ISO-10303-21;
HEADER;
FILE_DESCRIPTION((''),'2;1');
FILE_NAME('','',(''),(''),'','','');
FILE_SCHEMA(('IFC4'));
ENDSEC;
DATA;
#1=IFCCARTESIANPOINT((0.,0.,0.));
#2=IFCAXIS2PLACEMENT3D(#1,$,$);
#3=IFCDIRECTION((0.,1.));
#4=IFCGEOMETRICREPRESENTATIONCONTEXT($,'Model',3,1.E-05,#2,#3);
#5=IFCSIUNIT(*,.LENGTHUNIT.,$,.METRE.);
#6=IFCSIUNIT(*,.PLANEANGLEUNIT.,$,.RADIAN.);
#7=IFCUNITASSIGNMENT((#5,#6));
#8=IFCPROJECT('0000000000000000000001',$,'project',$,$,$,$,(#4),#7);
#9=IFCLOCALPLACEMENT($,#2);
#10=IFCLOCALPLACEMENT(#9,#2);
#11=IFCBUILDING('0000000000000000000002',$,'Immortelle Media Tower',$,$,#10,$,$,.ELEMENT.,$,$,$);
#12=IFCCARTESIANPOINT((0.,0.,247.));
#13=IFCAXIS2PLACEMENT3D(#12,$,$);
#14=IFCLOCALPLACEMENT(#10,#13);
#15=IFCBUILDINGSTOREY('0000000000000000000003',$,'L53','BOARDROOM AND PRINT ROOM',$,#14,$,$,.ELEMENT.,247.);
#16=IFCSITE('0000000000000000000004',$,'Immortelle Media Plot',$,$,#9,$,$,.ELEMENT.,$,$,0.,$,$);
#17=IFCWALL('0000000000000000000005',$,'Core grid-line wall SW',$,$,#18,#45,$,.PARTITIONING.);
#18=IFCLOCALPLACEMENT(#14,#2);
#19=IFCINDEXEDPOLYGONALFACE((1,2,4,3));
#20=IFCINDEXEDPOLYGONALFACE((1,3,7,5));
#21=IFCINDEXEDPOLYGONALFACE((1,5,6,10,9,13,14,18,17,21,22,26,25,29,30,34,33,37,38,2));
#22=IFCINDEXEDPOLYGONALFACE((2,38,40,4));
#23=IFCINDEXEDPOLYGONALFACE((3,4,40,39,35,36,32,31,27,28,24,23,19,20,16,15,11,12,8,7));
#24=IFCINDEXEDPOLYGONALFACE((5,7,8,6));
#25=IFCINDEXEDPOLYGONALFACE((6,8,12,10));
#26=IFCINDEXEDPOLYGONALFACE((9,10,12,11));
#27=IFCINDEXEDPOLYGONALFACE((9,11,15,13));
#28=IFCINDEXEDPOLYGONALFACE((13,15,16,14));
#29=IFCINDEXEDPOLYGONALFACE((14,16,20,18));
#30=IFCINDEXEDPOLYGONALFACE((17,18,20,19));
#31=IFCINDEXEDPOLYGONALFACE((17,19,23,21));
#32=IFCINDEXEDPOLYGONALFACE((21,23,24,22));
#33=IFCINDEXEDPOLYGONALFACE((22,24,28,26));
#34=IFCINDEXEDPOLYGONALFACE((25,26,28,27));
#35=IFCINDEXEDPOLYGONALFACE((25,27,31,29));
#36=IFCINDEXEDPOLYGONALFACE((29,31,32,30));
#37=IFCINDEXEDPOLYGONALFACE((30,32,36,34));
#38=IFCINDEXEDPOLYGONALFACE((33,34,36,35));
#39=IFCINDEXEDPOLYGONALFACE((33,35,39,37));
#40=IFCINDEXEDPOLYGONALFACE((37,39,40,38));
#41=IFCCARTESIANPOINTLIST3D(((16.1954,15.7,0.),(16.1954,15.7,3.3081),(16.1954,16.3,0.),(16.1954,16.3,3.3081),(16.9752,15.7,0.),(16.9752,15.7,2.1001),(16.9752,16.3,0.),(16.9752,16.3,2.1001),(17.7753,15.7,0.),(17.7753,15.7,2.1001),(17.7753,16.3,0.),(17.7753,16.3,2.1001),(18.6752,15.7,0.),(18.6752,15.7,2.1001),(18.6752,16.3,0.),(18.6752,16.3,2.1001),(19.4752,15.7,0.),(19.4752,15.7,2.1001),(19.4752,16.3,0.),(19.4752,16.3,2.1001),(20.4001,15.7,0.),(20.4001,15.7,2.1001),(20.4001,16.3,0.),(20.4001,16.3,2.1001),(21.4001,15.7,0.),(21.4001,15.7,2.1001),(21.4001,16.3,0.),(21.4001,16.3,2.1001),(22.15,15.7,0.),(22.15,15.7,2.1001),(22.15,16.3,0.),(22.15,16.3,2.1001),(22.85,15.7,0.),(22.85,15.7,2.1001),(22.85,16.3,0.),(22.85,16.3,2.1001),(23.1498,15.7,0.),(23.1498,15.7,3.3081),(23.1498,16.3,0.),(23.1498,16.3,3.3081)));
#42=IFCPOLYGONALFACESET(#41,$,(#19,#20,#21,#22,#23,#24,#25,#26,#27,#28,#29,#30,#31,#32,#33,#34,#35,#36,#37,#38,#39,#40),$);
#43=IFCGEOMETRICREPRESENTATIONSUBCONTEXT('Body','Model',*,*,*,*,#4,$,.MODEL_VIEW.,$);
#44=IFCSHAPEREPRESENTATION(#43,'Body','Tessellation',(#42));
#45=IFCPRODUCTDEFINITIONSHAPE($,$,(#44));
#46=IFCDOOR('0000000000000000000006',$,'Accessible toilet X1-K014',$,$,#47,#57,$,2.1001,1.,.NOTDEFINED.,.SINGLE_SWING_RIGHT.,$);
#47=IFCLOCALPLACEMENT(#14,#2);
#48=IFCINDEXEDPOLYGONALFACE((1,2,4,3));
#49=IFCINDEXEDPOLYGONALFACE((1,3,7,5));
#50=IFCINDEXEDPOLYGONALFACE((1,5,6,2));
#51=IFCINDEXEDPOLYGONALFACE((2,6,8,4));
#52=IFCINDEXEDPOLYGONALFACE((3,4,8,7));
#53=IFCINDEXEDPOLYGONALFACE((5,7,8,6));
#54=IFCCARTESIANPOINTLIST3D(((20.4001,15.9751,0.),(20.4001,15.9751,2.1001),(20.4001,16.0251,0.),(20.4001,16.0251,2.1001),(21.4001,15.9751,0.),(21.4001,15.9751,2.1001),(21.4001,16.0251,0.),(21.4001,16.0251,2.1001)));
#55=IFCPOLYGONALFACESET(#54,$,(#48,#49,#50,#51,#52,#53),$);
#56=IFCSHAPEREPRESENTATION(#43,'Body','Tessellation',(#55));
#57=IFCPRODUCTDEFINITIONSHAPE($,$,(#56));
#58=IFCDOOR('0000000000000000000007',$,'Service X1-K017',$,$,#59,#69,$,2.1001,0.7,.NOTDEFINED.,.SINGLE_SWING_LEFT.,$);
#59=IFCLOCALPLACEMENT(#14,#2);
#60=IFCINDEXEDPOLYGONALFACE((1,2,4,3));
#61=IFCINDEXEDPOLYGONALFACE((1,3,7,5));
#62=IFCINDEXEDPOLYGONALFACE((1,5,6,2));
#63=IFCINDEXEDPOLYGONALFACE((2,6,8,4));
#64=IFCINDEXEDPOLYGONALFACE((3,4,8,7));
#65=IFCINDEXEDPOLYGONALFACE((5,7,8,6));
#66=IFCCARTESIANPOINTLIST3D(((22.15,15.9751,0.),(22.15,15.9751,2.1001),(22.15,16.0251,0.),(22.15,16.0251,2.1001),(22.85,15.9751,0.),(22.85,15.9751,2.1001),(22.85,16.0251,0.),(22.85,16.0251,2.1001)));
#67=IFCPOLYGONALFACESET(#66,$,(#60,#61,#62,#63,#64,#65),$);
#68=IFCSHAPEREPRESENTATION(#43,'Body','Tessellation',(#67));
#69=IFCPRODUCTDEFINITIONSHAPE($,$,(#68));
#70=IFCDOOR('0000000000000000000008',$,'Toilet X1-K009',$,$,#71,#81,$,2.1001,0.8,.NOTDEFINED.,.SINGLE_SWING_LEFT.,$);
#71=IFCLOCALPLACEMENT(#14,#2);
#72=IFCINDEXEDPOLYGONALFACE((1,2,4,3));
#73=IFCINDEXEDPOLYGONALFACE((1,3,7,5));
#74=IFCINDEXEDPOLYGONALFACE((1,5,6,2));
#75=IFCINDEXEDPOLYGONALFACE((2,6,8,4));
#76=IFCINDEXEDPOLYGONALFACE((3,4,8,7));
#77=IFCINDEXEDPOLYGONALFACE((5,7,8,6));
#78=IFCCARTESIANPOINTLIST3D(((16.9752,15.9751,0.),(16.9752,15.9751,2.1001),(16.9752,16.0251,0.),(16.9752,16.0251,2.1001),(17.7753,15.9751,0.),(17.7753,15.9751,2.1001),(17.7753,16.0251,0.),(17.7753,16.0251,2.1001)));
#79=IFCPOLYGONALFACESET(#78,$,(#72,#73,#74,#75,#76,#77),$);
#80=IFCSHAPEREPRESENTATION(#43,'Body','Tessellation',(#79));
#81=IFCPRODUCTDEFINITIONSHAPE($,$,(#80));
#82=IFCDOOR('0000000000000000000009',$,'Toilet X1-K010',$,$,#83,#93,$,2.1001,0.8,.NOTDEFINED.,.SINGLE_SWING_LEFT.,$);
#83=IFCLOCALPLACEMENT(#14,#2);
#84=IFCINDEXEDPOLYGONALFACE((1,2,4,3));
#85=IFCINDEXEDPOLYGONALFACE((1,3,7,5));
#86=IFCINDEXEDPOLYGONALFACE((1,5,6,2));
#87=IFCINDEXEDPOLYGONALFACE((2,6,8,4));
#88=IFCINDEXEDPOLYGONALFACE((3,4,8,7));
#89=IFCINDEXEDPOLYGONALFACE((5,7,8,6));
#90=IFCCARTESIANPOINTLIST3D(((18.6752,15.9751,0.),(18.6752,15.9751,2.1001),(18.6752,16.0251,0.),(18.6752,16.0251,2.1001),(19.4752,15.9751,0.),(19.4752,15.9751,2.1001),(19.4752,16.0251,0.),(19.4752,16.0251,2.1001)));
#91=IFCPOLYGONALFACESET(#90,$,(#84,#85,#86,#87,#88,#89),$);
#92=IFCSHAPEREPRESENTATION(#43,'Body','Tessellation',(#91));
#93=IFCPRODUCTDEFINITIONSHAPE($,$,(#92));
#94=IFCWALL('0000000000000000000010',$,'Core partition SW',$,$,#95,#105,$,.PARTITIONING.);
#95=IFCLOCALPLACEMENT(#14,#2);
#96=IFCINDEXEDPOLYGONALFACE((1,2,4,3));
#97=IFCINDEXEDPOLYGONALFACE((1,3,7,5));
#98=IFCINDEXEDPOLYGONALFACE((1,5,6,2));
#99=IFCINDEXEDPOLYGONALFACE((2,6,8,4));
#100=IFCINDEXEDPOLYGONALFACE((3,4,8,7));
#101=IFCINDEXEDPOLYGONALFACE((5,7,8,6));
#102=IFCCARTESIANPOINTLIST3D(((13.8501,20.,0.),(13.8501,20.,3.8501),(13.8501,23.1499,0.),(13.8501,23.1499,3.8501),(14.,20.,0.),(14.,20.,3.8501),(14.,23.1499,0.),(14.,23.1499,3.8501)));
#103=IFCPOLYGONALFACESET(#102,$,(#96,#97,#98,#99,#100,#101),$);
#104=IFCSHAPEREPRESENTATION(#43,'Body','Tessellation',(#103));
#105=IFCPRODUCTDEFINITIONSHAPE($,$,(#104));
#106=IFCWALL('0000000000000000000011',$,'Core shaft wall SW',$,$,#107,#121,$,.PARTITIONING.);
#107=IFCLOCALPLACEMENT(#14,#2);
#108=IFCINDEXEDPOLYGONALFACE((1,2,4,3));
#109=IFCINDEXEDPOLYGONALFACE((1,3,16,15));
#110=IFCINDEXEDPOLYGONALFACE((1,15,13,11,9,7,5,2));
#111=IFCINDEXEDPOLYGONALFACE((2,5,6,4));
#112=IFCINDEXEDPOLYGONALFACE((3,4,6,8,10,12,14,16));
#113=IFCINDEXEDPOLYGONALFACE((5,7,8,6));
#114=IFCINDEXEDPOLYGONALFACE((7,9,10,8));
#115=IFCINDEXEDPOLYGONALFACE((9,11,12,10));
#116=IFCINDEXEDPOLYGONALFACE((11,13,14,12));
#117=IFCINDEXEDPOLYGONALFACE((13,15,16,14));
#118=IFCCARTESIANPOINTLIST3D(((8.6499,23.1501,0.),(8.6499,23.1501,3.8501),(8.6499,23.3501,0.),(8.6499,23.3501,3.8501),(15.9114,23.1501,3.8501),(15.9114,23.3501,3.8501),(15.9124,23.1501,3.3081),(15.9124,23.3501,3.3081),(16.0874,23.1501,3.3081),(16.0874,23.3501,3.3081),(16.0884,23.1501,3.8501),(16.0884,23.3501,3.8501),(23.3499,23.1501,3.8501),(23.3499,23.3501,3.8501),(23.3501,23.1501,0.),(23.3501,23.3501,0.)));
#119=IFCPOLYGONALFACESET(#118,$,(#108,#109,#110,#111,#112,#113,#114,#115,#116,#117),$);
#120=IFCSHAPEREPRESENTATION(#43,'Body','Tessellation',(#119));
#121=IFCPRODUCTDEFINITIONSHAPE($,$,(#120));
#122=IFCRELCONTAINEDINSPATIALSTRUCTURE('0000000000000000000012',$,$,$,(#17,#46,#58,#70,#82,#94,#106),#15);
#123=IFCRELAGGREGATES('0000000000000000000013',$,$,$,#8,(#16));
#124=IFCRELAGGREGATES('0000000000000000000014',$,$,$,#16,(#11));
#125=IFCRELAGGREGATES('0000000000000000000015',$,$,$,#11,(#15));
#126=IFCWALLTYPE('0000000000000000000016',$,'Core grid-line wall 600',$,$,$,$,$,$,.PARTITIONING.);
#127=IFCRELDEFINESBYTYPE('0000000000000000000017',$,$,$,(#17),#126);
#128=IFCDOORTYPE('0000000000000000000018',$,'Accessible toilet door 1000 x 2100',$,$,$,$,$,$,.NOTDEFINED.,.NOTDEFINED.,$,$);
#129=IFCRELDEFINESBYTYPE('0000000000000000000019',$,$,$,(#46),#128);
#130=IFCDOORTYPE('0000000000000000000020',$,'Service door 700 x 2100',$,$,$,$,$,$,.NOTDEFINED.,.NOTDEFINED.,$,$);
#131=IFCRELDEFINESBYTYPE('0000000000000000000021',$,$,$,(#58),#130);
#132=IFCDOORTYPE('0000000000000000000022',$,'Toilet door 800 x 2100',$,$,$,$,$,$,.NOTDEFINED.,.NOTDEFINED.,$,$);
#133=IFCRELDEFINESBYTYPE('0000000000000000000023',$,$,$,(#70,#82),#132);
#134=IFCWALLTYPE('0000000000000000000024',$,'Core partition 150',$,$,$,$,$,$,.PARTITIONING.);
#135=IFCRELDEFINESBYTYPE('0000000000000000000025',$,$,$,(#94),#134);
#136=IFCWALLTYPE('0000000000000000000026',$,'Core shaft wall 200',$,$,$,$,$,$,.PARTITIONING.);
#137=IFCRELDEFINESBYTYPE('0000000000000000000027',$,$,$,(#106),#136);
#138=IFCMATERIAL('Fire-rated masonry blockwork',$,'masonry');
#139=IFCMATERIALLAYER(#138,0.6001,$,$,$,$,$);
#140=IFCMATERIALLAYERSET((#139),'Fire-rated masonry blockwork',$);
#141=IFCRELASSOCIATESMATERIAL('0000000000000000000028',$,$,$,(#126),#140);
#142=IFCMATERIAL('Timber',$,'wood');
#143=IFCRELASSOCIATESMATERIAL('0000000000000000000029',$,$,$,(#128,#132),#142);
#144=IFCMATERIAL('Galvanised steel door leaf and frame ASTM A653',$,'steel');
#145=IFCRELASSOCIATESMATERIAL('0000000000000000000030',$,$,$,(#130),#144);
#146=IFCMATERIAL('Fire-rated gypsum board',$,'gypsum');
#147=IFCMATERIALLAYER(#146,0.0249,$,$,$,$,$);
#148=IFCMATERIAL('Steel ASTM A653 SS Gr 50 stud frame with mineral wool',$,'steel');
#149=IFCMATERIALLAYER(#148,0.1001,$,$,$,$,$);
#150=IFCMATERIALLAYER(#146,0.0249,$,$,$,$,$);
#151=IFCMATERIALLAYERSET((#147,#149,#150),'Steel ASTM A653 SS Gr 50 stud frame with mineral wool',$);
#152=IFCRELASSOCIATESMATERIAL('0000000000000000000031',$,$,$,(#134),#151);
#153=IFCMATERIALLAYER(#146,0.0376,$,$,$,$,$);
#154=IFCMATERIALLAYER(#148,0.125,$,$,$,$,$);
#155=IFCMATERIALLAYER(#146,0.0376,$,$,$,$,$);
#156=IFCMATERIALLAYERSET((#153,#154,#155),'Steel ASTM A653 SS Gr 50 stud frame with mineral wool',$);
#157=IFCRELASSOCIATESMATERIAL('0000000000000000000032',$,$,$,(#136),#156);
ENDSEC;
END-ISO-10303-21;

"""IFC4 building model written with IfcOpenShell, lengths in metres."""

from ifc_helpers import new_model, si_unit, direction, frame, frame_2d, origin, place, context, subcontext, project, spatial, polyline, rectangle, outline, extrude, material, layer, layer_set, type_object, element, fill, save


model = new_model("IFC4")

# Units and contexts
model_context = context("Model", 3, precision=1e-05, world=origin(), true_north=direction((0.0, 1.0)))
body_context = subcontext(model_context, "Body", "Model", "MODEL_VIEW")
ifc_project = project(units=[si_unit("LENGTHUNIT", "METRE"), si_unit("PLANEANGLEUNIT", "RADIAN")], contexts=[model_context])

# Site, building, storey
site_placement = place(None, origin())
site = spatial("IfcSite", under=ifc_project, at=site_placement, Name="Immortelle Media Plot", CompositionType="ELEMENT", RefElevation=0.0)
building_placement = place(site_placement, origin())
building = spatial("IfcBuilding", under=site, at=building_placement, Name="Immortelle Media Tower", CompositionType="ELEMENT")
storey_placement = place(building_placement, frame((0.0, 0.0, 247.0)))
storey = spatial("IfcBuildingStorey", under=building, at=storey_placement, Name="L53", Description="BOARDROOM AND PRINT ROOM", CompositionType="ELEMENT", Elevation=247.0)

# Wall, openings, doors
ifc_material_1 = material(Name="Fire-rated masonry blockwork", Category="masonry")
ifc_layer_1 = layer(ifc_material_1, 0.6001)
ifc_layer_set_1 = layer_set([ifc_layer_1], Name="Fire-rated masonry blockwork")
wall_type_1 = type_object("IfcWallType", Name="Core grid-line wall 600", PredefinedType="PARTITIONING", material=ifc_layer_set_1)
wall_1_placement = place(storey_placement, frame((16.1956, 16.0, 0.0), z_axis=(0.0, 0.0, 1.0), x_axis=(1.0, 0.0, 0.0)))
wall_1 = element("IfcWall", 1, at=wall_1_placement, inside=storey, type_object=wall_type_1, Name="Core grid-line wall SW", PredefinedType="PARTITIONING", context=body_context, shape_type="SweptSolid", body=[
    extrude(rectangle(XDim=6.9543, YDim=0.6001, at=frame_2d((3.4771, 0.0))), origin(), (0.0, 0.0, 1.0), 3.3081),
])
opening_1_placement = place(wall_1_placement, frame((1.5796, 0.0, 0.0), z_axis=(0.0, 0.0, 1.0), x_axis=(-1.0, 0.0, 0.0)))
opening_1 = element("IfcOpeningElement", 2, at=opening_1_placement, cuts=wall_1, PredefinedType="OPENING", context=body_context, shape_type="SweptSolid", body=[
    extrude(rectangle(XDim=0.8, YDim=2.1001, at=frame_2d((0.3999, 1.05))), frame((0.0, 0.3101, 0.0), z_axis=(0.0, -1.0, 0.0), x_axis=(1.0, 0.0, 0.0)), (0.0, 0.0, 1.0), 0.6201),
])
opening_2_placement = place(wall_1_placement, frame((3.2795, 0.0, 0.0), z_axis=(0.0, 0.0, 1.0), x_axis=(-1.0, 0.0, 0.0)))
opening_2 = element("IfcOpeningElement", 3, at=opening_2_placement, cuts=wall_1, PredefinedType="OPENING", context=body_context, shape_type="SweptSolid", body=[
    extrude(rectangle(XDim=0.8, YDim=2.1001, at=frame_2d((0.3999, 1.05))), frame((0.0, 0.3101, 0.0), z_axis=(0.0, -1.0, 0.0), x_axis=(1.0, 0.0, 0.0)), (0.0, 0.0, 1.0), 0.6201),
])
opening_3_placement = place(wall_1_placement, frame((5.2046, 0.0, 0.0), z_axis=(0.0, 0.0, 1.0), x_axis=(-1.0, 0.0, 0.0)))
opening_3 = element("IfcOpeningElement", 4, at=opening_3_placement, cuts=wall_1, PredefinedType="OPENING", context=body_context, shape_type="SweptSolid", body=[
    extrude(rectangle(XDim=1.0, YDim=2.1001, at=frame_2d((0.5, 1.05))), frame((0.0, 0.3101, 0.0), z_axis=(0.0, -1.0, 0.0), x_axis=(1.0, 0.0, 0.0)), (0.0, 0.0, 1.0), 0.6201),
])
opening_4_placement = place(wall_1_placement, frame((6.6545, 0.0, 0.0), z_axis=(0.0, 0.0, 1.0), x_axis=(-1.0, 0.0, 0.0)))
opening_4 = element("IfcOpeningElement", 5, at=opening_4_placement, cuts=wall_1, PredefinedType="OPENING", context=body_context, shape_type="SweptSolid", body=[
    extrude(rectangle(XDim=0.7, YDim=2.1001, at=frame_2d((0.3501, 1.05))), frame((0.0, 0.3101, 0.0), z_axis=(0.0, -1.0, 0.0), x_axis=(1.0, 0.0, 0.0)), (0.0, 0.0, 1.0), 0.6201),
])
ifc_material_2 = material(Name="Timber", Category="wood")
door_type_1 = type_object("IfcDoorType", Name="Accessible toilet door 1000 x 2100", OperationType="NOTDEFINED", PredefinedType="NOTDEFINED", material=ifc_material_2)
door_1_placement = place(opening_3_placement, origin())
door_1 = element("IfcDoor", 6, at=door_1_placement, inside=storey, type_object=door_type_1, Name="Accessible toilet X1-K014", OperationType="SINGLE_SWING_RIGHT", OverallHeight=2.1001, OverallWidth=1.0, PredefinedType="NOTDEFINED", context=body_context, shape_type="SweptSolid", body=[
    extrude(rectangle(XDim=1.0, YDim=2.1001, at=frame_2d((0.5, 1.05))), frame((0.0, 0.0249, 0.0), z_axis=(0.0, -1.0, 0.0), x_axis=(1.0, 0.0, 0.0)), (0.0, 0.0, 1.0), 0.05),
])
fill(opening_3, door_1)
ifc_material_3 = material(Name="Galvanised steel door leaf and frame ASTM A653", Category="steel")
door_type_2 = type_object("IfcDoorType", Name="Service door 700 x 2100", OperationType="NOTDEFINED", PredefinedType="NOTDEFINED", material=ifc_material_3)
door_2_placement = place(opening_4_placement, origin())
door_2 = element("IfcDoor", 7, at=door_2_placement, inside=storey, type_object=door_type_2, Name="Service X1-K017", OperationType="SINGLE_SWING_LEFT", OverallHeight=2.1001, OverallWidth=0.7, PredefinedType="NOTDEFINED", context=body_context, shape_type="SweptSolid", body=[
    extrude(rectangle(XDim=0.7, YDim=2.1001, at=frame_2d((0.3501, 1.05))), frame((0.0, 0.0249, 0.0), z_axis=(0.0, -1.0, 0.0), x_axis=(1.0, 0.0, 0.0)), (0.0, 0.0, 1.0), 0.05),
])
fill(opening_4, door_2)
door_type_3 = type_object("IfcDoorType", Name="Toilet door 800 x 2100", OperationType="NOTDEFINED", PredefinedType="NOTDEFINED", material=ifc_material_2)
door_3_placement = place(opening_1_placement, origin())
door_3 = element("IfcDoor", 8, at=door_3_placement, inside=storey, type_object=door_type_3, Name="Toilet X1-K009", OperationType="SINGLE_SWING_LEFT", OverallHeight=2.1001, OverallWidth=0.8, PredefinedType="NOTDEFINED", context=body_context, shape_type="SweptSolid", body=[
    extrude(rectangle(XDim=0.8, YDim=2.1001, at=frame_2d((0.3999, 1.05))), frame((0.0, 0.0249, 0.0), z_axis=(0.0, -1.0, 0.0), x_axis=(1.0, 0.0, 0.0)), (0.0, 0.0, 1.0), 0.05),
])
fill(opening_1, door_3)
door_4_placement = place(opening_2_placement, origin())
door_4 = element("IfcDoor", 9, at=door_4_placement, inside=storey, type_object=door_type_3, Name="Toilet X1-K010", OperationType="SINGLE_SWING_LEFT", OverallHeight=2.1001, OverallWidth=0.8, PredefinedType="NOTDEFINED", context=body_context, shape_type="SweptSolid", body=[
    extrude(rectangle(XDim=0.8, YDim=2.1001, at=frame_2d((0.3999, 1.05))), frame((0.0, 0.0249, 0.0), z_axis=(0.0, -1.0, 0.0), x_axis=(1.0, 0.0, 0.0)), (0.0, 0.0, 1.0), 0.05),
])
fill(opening_2, door_4)

# Walls
ifc_material_4 = material(Name="Fire-rated gypsum board", Category="gypsum")
ifc_layer_2 = layer(ifc_material_4, 0.0249)
ifc_material_5 = material(Name="Steel ASTM A653 SS Gr 50 stud frame with mineral wool", Category="steel")
ifc_layer_3 = layer(ifc_material_5, 0.1001)
ifc_layer_4 = layer(ifc_material_4, 0.0249)
ifc_layer_set_2 = layer_set([ifc_layer_2, ifc_layer_3, ifc_layer_4], Name="Steel ASTM A653 SS Gr 50 stud frame with mineral wool")
wall_type_2 = type_object("IfcWallType", Name="Core partition 150", PredefinedType="PARTITIONING", material=ifc_layer_set_2)
wall_2_placement = place(storey_placement, frame((13.925, 20.0, 0.0), z_axis=(0.0, 0.0, 1.0), x_axis=(0.0, 1.0, 0.0)))
element("IfcWall", 10, at=wall_2_placement, inside=storey, type_object=wall_type_2, Name="Core partition SW", PredefinedType="PARTITIONING", context=body_context, shape_type="SweptSolid", body=[
    extrude(rectangle(XDim=3.1499, YDim=0.1499, at=frame_2d((1.575, 0.0))), origin(), (0.0, 0.0, 1.0), 3.8501),
])
ifc_layer_5 = layer(ifc_material_4, 0.0376)
ifc_layer_6 = layer(ifc_material_5, 0.125)
ifc_layer_7 = layer(ifc_material_4, 0.0376)
ifc_layer_set_3 = layer_set([ifc_layer_5, ifc_layer_6, ifc_layer_7], Name="Steel ASTM A653 SS Gr 50 stud frame with mineral wool")
wall_type_3 = type_object("IfcWallType", Name="Core shaft wall 200", PredefinedType="PARTITIONING", material=ifc_layer_set_3)
wall_3_placement = place(storey_placement, frame((8.6499, 23.25, 0.0), z_axis=(0.0, 0.0, 1.0), x_axis=(1.0, 0.0, 0.0)))
element("IfcWall", 11, at=wall_3_placement, inside=storey, type_object=wall_type_3, Name="Core shaft wall SW", PredefinedType="PARTITIONING", context=body_context, shape_type="SweptSolid", body=[
    extrude(outline(polyline([(0.0, 0.0), (14.7002, 0.0), (14.7, 3.8501), (7.4385, 3.8501), (7.4375, 3.3081), (7.2625, 3.3081), (7.2615, 3.8501), (0.0, 3.8501), (0.0, 0.0)])), frame((0.0, 0.1001, 0.0), z_axis=(0.0, -1.0, 0.0), x_axis=(1.0, 0.0, 0.0)), (0.0, 0.0, 1.0), 0.2),
])

save(model, "model.ifc")
